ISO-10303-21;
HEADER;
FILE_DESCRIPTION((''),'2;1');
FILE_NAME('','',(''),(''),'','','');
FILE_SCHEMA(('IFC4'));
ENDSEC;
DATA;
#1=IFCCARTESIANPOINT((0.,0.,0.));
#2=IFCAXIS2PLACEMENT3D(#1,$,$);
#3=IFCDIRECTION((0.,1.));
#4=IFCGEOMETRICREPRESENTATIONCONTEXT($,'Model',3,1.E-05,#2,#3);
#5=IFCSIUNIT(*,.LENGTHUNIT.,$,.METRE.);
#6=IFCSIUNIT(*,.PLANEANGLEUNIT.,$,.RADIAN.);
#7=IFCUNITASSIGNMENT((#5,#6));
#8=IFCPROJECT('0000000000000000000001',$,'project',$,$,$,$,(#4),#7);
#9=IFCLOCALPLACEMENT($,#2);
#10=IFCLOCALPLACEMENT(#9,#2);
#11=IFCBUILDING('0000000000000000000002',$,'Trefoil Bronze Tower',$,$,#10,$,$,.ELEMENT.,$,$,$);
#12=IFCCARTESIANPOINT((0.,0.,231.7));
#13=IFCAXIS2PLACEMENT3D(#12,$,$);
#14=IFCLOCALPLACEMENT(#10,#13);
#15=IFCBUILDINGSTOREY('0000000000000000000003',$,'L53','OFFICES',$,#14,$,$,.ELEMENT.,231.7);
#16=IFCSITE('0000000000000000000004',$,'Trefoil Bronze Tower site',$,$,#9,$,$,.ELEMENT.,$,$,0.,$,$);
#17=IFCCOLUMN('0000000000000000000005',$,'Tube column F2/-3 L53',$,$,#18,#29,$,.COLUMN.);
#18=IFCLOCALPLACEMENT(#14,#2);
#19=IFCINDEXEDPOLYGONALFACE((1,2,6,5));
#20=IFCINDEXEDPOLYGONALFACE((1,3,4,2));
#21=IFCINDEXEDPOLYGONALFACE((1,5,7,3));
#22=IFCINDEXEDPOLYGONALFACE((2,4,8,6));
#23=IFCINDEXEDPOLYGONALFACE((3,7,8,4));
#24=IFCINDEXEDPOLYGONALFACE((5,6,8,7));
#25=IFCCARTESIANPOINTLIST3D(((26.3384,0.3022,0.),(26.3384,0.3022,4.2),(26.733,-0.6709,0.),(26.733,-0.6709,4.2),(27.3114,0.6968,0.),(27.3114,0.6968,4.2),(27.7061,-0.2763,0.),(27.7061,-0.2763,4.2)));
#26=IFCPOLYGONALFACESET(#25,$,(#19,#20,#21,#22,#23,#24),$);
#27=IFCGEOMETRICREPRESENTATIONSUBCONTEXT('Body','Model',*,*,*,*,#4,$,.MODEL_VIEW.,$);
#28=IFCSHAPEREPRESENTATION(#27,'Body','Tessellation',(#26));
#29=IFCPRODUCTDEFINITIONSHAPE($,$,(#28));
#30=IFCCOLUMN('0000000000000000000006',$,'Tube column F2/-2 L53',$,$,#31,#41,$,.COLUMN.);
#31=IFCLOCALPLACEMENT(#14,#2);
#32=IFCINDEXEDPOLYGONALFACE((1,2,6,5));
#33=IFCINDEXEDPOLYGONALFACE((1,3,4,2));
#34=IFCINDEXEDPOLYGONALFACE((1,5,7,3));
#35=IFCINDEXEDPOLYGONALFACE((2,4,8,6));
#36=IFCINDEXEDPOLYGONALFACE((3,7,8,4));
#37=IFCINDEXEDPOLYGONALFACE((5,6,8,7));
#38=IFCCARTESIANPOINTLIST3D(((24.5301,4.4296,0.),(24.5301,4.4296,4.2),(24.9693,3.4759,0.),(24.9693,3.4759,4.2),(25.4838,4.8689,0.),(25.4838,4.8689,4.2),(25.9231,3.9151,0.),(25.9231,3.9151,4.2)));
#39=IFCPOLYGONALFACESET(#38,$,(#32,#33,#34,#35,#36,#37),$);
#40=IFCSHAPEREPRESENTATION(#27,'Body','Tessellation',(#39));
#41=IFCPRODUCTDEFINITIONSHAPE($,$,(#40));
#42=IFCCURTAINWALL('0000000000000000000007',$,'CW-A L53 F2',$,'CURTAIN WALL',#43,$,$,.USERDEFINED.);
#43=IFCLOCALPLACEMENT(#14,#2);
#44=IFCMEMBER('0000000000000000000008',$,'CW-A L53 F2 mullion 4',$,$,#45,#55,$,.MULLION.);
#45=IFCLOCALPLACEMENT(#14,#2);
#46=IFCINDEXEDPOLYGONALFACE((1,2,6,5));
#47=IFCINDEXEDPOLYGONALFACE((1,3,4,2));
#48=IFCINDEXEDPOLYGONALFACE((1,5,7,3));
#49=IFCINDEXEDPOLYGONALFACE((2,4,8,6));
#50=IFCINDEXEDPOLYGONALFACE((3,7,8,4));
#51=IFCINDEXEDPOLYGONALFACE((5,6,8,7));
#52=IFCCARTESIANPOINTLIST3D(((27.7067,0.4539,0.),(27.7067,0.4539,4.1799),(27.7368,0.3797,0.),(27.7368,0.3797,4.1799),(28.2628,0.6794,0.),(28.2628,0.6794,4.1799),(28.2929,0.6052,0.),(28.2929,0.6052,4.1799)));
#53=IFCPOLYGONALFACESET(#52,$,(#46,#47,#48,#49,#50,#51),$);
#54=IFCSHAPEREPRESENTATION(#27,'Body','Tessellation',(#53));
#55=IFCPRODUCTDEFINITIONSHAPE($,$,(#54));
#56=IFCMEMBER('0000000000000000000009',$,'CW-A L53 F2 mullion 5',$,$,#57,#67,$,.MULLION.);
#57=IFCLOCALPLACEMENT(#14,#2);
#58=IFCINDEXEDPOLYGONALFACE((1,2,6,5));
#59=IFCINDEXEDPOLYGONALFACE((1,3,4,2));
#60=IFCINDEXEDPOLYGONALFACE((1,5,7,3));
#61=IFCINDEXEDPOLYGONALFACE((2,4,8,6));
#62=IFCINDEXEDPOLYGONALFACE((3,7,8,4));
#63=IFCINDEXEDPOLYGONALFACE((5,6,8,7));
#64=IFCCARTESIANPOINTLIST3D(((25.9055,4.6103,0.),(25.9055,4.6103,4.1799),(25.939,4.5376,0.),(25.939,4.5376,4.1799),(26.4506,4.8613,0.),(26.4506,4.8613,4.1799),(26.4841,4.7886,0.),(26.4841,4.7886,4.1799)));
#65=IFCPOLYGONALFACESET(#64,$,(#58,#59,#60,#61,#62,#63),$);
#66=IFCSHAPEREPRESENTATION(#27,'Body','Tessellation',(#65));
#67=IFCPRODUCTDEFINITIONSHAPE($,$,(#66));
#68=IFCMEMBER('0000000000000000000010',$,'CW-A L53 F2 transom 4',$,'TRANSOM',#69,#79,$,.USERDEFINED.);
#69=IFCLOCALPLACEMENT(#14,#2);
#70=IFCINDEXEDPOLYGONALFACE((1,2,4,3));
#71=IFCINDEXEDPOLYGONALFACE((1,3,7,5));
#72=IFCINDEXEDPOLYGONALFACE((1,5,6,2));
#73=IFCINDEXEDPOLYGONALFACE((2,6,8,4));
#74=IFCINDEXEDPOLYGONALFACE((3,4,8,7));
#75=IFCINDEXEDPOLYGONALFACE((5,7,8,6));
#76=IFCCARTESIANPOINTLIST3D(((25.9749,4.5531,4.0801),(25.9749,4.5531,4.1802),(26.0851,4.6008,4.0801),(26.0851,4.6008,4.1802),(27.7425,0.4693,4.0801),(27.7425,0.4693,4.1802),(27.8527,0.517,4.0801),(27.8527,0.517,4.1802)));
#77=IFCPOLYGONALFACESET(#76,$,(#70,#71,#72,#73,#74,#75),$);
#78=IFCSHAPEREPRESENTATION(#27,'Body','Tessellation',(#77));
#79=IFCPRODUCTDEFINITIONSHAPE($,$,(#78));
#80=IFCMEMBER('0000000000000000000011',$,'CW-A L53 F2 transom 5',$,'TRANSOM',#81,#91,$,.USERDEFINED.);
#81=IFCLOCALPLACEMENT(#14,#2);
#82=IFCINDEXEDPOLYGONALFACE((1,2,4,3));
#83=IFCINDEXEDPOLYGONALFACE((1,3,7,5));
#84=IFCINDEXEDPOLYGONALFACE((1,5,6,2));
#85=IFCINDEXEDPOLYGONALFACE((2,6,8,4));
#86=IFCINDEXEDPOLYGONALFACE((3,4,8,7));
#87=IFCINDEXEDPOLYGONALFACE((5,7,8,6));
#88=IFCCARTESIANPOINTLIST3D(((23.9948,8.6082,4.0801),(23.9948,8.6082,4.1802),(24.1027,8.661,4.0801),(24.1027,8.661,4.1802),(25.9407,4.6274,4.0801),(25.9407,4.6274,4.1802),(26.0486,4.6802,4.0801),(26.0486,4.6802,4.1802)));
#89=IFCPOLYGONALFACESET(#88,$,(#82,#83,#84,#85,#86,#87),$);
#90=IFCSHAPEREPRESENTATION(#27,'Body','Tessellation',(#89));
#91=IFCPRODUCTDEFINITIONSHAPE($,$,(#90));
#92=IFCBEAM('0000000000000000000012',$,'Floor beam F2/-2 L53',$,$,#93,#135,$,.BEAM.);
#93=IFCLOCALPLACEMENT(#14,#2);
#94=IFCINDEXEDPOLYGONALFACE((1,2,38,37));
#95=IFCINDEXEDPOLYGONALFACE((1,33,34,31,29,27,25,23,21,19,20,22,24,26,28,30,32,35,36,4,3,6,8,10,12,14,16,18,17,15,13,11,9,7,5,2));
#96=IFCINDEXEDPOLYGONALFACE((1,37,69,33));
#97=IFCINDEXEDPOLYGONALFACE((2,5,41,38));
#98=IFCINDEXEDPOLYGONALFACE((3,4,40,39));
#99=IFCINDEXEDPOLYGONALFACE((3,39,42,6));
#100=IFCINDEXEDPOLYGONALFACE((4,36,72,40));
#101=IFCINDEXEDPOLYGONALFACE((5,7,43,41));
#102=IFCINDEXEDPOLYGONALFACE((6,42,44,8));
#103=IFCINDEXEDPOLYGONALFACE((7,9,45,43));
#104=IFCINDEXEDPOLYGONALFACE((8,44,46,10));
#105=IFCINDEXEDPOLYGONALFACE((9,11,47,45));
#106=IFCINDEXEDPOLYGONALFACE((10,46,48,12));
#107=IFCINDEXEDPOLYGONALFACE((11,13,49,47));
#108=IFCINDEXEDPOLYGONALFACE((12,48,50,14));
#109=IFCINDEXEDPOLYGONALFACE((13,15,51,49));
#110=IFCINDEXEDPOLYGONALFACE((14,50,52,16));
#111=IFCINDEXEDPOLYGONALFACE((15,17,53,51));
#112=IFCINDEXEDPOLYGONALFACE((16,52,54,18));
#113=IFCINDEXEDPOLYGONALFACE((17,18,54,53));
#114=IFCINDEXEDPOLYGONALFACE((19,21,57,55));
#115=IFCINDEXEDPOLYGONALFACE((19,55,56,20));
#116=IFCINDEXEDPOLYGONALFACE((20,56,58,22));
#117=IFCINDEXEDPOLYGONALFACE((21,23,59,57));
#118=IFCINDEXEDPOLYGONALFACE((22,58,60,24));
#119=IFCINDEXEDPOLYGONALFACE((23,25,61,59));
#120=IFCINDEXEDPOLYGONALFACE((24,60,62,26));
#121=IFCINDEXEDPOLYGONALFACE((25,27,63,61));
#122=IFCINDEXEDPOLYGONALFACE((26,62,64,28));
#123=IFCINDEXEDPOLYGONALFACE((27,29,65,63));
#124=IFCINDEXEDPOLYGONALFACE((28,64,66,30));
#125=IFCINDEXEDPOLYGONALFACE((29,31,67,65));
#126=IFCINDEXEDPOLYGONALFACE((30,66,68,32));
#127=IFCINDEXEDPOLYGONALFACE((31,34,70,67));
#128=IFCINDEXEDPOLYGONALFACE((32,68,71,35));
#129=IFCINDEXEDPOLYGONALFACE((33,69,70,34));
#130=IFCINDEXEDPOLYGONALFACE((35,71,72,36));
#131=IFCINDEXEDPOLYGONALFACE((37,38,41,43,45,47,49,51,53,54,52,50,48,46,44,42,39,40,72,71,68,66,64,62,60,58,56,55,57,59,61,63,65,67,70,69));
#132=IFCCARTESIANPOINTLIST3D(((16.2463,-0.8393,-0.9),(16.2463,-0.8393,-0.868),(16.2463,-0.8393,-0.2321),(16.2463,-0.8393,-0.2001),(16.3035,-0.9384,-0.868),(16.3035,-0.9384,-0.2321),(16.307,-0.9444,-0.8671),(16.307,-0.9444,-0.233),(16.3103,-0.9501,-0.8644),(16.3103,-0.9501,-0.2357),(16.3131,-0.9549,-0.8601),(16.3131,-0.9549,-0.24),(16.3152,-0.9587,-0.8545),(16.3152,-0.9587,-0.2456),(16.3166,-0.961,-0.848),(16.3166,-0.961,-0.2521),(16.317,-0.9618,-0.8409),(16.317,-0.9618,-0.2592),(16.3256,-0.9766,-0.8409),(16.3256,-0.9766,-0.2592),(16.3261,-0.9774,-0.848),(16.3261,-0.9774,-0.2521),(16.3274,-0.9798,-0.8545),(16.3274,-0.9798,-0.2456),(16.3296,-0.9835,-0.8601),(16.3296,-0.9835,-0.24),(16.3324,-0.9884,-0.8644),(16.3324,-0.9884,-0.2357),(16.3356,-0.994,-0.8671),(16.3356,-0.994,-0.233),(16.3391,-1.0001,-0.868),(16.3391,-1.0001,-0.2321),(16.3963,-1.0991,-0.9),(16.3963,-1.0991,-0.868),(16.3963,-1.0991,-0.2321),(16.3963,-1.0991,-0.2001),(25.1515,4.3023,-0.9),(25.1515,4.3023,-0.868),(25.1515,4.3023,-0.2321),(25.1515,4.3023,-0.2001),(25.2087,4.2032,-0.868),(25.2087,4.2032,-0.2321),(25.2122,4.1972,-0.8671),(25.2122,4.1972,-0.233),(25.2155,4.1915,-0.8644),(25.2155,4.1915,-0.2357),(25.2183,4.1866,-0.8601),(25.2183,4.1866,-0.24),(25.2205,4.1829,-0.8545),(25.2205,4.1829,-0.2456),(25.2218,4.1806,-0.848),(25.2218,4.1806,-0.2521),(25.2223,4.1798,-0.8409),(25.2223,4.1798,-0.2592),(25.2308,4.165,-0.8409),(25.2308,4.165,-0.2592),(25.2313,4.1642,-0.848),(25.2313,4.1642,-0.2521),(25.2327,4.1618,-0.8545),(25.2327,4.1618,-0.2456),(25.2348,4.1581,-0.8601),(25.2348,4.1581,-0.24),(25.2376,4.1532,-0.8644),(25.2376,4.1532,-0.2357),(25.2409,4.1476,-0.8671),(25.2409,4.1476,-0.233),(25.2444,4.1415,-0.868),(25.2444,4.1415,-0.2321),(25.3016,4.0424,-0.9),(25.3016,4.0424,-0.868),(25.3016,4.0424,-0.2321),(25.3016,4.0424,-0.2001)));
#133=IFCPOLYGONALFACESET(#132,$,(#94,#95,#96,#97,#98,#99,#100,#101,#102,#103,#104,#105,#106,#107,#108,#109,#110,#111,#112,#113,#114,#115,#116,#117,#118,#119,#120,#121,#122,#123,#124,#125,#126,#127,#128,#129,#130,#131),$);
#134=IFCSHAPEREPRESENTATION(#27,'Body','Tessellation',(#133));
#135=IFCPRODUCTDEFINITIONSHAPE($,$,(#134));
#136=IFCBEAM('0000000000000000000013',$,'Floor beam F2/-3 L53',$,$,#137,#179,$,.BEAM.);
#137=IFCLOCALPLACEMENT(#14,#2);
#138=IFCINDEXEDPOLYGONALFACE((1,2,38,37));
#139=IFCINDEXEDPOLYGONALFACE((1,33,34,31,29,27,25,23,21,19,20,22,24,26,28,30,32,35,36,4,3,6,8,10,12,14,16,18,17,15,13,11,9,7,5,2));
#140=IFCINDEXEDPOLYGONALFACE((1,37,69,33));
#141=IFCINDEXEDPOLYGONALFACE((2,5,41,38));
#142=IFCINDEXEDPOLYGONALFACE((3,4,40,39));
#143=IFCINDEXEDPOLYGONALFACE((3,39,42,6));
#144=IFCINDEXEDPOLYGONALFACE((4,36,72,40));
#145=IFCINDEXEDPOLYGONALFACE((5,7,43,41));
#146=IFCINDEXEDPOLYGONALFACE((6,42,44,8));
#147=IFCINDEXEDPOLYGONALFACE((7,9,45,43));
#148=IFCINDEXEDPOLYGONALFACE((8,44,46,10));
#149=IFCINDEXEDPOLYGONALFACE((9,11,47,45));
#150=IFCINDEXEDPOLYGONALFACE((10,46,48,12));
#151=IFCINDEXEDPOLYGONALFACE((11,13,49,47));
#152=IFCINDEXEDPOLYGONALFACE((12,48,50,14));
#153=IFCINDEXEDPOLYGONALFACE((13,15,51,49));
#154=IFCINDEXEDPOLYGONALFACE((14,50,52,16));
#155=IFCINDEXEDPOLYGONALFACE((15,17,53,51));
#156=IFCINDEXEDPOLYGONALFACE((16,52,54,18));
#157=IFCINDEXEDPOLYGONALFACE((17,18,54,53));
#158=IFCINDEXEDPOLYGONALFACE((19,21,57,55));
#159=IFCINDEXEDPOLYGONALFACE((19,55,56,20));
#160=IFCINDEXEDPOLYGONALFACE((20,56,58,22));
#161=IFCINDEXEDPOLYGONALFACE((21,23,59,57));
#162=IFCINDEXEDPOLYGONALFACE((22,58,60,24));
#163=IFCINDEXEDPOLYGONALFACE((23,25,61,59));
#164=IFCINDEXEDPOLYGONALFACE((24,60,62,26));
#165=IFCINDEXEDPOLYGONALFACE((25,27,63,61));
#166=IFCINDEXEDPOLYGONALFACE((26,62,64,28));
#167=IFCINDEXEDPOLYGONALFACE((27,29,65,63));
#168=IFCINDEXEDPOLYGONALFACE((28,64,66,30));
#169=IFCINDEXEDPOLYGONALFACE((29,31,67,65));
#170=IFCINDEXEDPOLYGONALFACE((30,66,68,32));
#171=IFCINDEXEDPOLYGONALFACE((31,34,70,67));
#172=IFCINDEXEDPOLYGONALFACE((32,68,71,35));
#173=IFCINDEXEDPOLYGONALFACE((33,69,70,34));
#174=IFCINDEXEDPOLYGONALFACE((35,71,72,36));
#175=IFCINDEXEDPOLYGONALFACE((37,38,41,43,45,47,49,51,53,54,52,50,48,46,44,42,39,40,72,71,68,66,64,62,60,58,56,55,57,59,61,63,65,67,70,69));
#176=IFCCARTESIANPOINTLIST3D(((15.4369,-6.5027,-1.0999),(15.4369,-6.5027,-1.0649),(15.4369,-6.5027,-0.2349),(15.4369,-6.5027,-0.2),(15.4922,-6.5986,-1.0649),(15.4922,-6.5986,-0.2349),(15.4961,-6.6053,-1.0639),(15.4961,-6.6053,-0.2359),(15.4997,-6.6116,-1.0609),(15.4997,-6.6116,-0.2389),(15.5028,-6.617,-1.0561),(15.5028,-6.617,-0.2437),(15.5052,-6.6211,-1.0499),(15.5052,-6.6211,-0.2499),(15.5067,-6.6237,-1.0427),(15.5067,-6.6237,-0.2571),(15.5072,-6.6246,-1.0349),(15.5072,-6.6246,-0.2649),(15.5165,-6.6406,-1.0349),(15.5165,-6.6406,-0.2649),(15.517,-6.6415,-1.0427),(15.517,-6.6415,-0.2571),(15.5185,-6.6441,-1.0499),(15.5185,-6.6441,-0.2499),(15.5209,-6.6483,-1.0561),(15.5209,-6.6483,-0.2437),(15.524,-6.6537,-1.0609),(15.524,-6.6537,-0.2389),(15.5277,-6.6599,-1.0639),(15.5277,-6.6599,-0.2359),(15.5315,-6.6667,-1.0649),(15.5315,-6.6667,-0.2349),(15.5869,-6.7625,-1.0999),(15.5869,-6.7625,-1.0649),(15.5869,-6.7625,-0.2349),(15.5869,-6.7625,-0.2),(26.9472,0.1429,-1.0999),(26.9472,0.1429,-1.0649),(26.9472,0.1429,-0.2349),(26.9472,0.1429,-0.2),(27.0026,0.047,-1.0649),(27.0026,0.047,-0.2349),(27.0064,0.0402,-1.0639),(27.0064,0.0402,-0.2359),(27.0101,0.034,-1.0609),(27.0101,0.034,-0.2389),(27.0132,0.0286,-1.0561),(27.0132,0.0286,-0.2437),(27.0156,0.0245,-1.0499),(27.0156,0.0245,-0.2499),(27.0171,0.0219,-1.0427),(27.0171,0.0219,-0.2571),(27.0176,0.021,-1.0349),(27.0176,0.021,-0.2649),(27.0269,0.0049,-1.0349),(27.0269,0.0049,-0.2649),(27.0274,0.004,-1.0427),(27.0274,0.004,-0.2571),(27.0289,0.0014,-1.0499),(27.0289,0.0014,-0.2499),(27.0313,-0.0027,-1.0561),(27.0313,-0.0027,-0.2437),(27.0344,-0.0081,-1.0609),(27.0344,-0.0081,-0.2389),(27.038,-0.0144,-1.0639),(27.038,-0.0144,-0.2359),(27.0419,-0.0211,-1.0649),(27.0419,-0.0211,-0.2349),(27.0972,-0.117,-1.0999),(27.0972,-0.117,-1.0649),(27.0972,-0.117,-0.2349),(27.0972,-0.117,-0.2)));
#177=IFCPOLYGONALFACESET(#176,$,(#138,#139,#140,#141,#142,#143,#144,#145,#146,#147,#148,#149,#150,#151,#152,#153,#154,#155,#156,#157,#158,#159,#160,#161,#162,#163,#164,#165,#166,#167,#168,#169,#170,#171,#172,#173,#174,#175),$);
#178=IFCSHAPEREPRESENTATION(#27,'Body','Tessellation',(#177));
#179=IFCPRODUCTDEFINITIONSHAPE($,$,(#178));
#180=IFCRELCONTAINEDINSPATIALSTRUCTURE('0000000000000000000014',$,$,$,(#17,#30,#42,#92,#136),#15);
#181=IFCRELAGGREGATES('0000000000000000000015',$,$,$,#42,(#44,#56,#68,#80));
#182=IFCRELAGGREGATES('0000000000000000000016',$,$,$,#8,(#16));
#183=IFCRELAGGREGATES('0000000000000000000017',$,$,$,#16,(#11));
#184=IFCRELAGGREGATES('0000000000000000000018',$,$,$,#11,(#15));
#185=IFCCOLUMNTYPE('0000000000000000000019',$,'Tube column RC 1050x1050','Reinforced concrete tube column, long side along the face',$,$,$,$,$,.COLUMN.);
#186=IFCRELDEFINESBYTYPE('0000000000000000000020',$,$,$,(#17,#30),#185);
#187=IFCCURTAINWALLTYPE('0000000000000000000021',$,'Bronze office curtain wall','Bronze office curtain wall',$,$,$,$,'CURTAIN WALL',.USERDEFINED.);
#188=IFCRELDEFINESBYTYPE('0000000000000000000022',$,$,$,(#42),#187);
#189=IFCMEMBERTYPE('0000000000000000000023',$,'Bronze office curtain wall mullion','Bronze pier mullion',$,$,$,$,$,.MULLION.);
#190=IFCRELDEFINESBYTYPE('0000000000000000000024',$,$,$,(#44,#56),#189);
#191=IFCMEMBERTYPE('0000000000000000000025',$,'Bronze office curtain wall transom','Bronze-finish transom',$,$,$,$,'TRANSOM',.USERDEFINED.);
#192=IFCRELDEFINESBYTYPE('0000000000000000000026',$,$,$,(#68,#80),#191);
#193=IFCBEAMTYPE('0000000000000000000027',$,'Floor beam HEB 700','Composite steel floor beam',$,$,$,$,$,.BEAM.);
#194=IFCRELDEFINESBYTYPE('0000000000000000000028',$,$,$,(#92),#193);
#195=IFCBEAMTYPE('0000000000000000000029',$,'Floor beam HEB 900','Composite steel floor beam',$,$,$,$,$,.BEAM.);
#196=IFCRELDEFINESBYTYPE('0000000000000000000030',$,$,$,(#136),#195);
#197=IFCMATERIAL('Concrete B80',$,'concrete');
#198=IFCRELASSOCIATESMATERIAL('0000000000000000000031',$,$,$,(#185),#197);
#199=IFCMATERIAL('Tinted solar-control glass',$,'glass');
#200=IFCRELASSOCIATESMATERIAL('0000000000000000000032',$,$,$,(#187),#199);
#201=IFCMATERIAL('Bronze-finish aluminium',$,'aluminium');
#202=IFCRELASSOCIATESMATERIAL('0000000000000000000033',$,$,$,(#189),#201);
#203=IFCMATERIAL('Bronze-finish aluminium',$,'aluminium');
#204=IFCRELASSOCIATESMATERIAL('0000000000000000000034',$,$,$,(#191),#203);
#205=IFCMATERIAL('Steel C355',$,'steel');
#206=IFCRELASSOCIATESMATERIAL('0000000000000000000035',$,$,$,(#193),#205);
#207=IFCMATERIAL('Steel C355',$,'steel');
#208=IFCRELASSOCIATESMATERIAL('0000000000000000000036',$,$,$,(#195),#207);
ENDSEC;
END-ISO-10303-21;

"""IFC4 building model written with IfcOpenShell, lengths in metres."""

from ifc_helpers import new_model, si_unit, direction, frame, origin, origin_2d, place, context, subcontext, project, spatial, rectangle, i_section, extrude, material, material_profile, profile_set, type_object, element, aggregate, save


model = new_model("IFC4")

# Units and contexts
model_context = context("Model", 3, precision=1e-05, world=origin(), true_north=direction((0.0, 1.0)))
body_context = subcontext(model_context, "Body", "Model", "MODEL_VIEW")
ifc_project = project(units=[si_unit("LENGTHUNIT", "METRE"), si_unit("PLANEANGLEUNIT", "RADIAN")], contexts=[model_context])

# Site, building, storey
site_placement = place(None, origin())
site = spatial("IfcSite", under=ifc_project, at=site_placement, Name="Trefoil Bronze Tower site", CompositionType="ELEMENT", RefElevation=0.0)
building_placement = place(site_placement, origin())
building = spatial("IfcBuilding", under=site, at=building_placement, Name="Trefoil Bronze Tower", CompositionType="ELEMENT")
storey_placement = place(building_placement, frame((0.0, 0.0, 231.7)))
storey = spatial("IfcBuildingStorey", under=building, at=storey_placement, Name="L53", Description="OFFICES", CompositionType="ELEMENT", Elevation=231.7)

# Columns
ifc_material_1 = material(Name="Concrete B80", Category="concrete")
ifc_material_profile_1 = material_profile(ifc_material_1, rectangle(XDim=1.05, YDim=1.05, at=origin_2d()), Name="RC 1050x1050")
ifc_profile_set_1 = profile_set([ifc_material_profile_1], Name="Concrete B80")
column_type = type_object("IfcColumnType", Name="Tube column RC 1050x1050", Description="Reinforced concrete tube column, long side along the face", PredefinedType="COLUMN", material=ifc_profile_set_1)
for number, where, z_axis, x_axis, name in (
    (1, (27.0222, 0.0129, 0.0), (0.0, 0.0, 1.0), (-0.375828, 0.926689, 0.0), "Tube column F2/-3 L53"),
    (2, (25.2266, 4.1724, 0.0), (0.0, 0.0, 1.0), (-0.418286, 0.908315, 0.0), "Tube column F2/-2 L53"),
):
    element("IfcColumn", number, at=place(storey_placement, frame(where, z_axis=z_axis, x_axis=x_axis)), inside=storey, type_object=column_type, Name=name, PredefinedType="COLUMN", context=body_context, shape_type="SweptSolid", body=[
        extrude(rectangle(XDim=1.05, YDim=1.05, at=origin_2d()), origin(), (0.0, 0.0, 1.0), 4.2),
    ])

# Curtain wall, members
ifc_material_2 = material(Name="Tinted solar-control glass", Category="glass")
curtain_wall_type = type_object("IfcCurtainWallType", Name="Bronze office curtain wall", Description="Bronze office curtain wall", ElementType="CURTAIN WALL", PredefinedType="USERDEFINED", material=ifc_material_2)
curtain_wall_placement = place(storey_placement, origin())
curtain_wall = element("IfcCurtainWall", 3, at=curtain_wall_placement, inside=storey, type_object=curtain_wall_type, Name="CW-A L53 F2", ObjectType="CURTAIN WALL", PredefinedType="USERDEFINED")
ifc_material_3 = material(Name="Bronze-finish aluminium", Category="aluminium")
ifc_material_profile_2 = material_profile(ifc_material_3, rectangle(XDim=0.6001, YDim=0.0801, at=origin_2d()), Name="CW-A mullion")
ifc_profile_set_2 = profile_set([ifc_material_profile_2], Name="Bronze-finish aluminium")
member_type_1 = type_object("IfcMemberType", Name="Bronze office curtain wall mullion", Description="Bronze pier mullion", PredefinedType="MULLION", material=ifc_profile_set_2)
member_1_placement = place(storey_placement, frame((27.9998, 0.5295, 0.0), z_axis=(0.0, 0.0, 1.0), x_axis=(-0.926689, -0.375828, 0.0)))
member_1 = element("IfcMember", 4, at=member_1_placement, type_object=member_type_1, Name="CW-A L53 F2 mullion 4", PredefinedType="MULLION", context=body_context, shape_type="SweptSolid", body=[
    extrude(rectangle(XDim=0.6001, YDim=0.0801, at=origin_2d()), origin(), (0.0, 0.0, 1.0), 4.1799),
])
member_2_placement = place(storey_placement, frame((26.1948, 4.6995, 0.0), z_axis=(0.0, 0.0, 1.0), x_axis=(-0.908315, -0.418286, 0.0)))
member_2 = element("IfcMember", 5, at=member_2_placement, type_object=member_type_1, Name="CW-A L53 F2 mullion 5", PredefinedType="MULLION", context=body_context, shape_type="SweptSolid", body=[
    extrude(rectangle(XDim=0.6001, YDim=0.0801, at=origin_2d()), origin(), (0.0, 0.0, 1.0), 4.1799),
])
ifc_material_4 = material(Name="Bronze-finish aluminium", Category="aluminium")
ifc_material_profile_3 = material_profile(ifc_material_4, rectangle(XDim=0.1201, YDim=0.1001, at=origin_2d()), Name="CW-A transom")
ifc_profile_set_3 = profile_set([ifc_material_profile_3], Name="Bronze-finish aluminium")
member_type_2 = type_object("IfcMemberType", Name="Bronze office curtain wall transom", Description="Bronze-finish transom", ElementType="TRANSOM", PredefinedType="USERDEFINED", material=ifc_profile_set_3)
member_3_placement = place(storey_placement, frame((27.7976, 0.4932, 4.1301), z_axis=(-0.397221, 0.917723, 0.0), x_axis=(-0.917723, -0.397221, 0.0)))
member_3 = element("IfcMember", 6, at=member_3_placement, type_object=member_type_2, Name="CW-A L53 F2 transom 4", ObjectType="TRANSOM", PredefinedType="USERDEFINED", context=body_context, shape_type="SweptSolid", body=[
    extrude(rectangle(XDim=0.1201, YDim=0.1001, at=origin_2d()), origin(), (0.0, 0.0, 1.0), 4.45),
])
member_4_placement = place(storey_placement, frame((25.9946, 4.6538, 4.1301), z_axis=(-0.439151, 0.898413, 0.0), x_axis=(-0.898413, -0.439151, 0.0)))
member_4 = element("IfcMember", 7, at=member_4_placement, type_object=member_type_2, Name="CW-A L53 F2 transom 5", ObjectType="TRANSOM", PredefinedType="USERDEFINED", context=body_context, shape_type="SweptSolid", body=[
    extrude(rectangle(XDim=0.1201, YDim=0.1001, at=origin_2d()), origin(), (0.0, 0.0, 1.0), 4.4309),
])

# Beams
ifc_material_5 = material(Name="Steel C355", Category="steel")
ifc_material_profile_4 = material_profile(ifc_material_5, i_section(OverallWidth=0.3, OverallDepth=0.7, WebThickness=0.0171, FlangeThickness=0.032, FilletRadius=0.0271, at=origin_2d()), Name="HEB 700")
ifc_profile_set_4 = profile_set([ifc_material_profile_4], Name="Steel C355")
beam_type_1 = type_object("IfcBeamType", Name="Floor beam HEB 700", Description="Composite steel floor beam", PredefinedType="BEAM", material=ifc_profile_set_4)
beam_1_placement = place(storey_placement, frame((25.2266, 4.1724, -0.55), z_axis=(-0.86602, -0.50001, 0.0), x_axis=(0.50001, -0.86602, 0.0)))
element("IfcBeam", 8, at=beam_1_placement, inside=storey, type_object=beam_type_1, Name="Floor beam F2/-2 L53", PredefinedType="BEAM", context=body_context, shape_type="SweptSolid", body=[
    extrude(i_section(OverallWidth=0.3, OverallDepth=0.7, WebThickness=0.0171, FlangeThickness=0.032, FilletRadius=0.0271, at=origin_2d()), origin(), (0.0, 0.0, 1.0), 10.283),
])
ifc_material_6 = material(Name="Steel C355", Category="steel")
ifc_material_profile_5 = material_profile(ifc_material_6, i_section(OverallWidth=0.3, OverallDepth=0.8999, WebThickness=0.0186, FlangeThickness=0.0349, FilletRadius=0.03, at=origin_2d()), Name="HEB 900")
ifc_profile_set_5 = profile_set([ifc_material_profile_5], Name="Steel C355")
beam_type_2 = type_object("IfcBeamType", Name="Floor beam HEB 900", Description="Composite steel floor beam", PredefinedType="BEAM", material=ifc_profile_set_5)
beam_2_placement = place(storey_placement, frame((27.0222, 0.0129, -0.6499), z_axis=(-0.866023, -0.500003, 0.0), x_axis=(0.500003, -0.866023, 0.0)))
element("IfcBeam", 9, at=beam_2_placement, inside=storey, type_object=beam_type_2, Name="Floor beam F2/-3 L53", PredefinedType="BEAM", context=body_context, shape_type="SweptSolid", body=[
    extrude(i_section(OverallWidth=0.3, OverallDepth=0.8999, WebThickness=0.0186, FlangeThickness=0.0349, FilletRadius=0.03, at=origin_2d()), origin(), (0.0, 0.0, 1.0), 13.291),
])

aggregate(curtain_wall, [member_1, member_2, member_3, member_4])

save(model, "model.ifc")
